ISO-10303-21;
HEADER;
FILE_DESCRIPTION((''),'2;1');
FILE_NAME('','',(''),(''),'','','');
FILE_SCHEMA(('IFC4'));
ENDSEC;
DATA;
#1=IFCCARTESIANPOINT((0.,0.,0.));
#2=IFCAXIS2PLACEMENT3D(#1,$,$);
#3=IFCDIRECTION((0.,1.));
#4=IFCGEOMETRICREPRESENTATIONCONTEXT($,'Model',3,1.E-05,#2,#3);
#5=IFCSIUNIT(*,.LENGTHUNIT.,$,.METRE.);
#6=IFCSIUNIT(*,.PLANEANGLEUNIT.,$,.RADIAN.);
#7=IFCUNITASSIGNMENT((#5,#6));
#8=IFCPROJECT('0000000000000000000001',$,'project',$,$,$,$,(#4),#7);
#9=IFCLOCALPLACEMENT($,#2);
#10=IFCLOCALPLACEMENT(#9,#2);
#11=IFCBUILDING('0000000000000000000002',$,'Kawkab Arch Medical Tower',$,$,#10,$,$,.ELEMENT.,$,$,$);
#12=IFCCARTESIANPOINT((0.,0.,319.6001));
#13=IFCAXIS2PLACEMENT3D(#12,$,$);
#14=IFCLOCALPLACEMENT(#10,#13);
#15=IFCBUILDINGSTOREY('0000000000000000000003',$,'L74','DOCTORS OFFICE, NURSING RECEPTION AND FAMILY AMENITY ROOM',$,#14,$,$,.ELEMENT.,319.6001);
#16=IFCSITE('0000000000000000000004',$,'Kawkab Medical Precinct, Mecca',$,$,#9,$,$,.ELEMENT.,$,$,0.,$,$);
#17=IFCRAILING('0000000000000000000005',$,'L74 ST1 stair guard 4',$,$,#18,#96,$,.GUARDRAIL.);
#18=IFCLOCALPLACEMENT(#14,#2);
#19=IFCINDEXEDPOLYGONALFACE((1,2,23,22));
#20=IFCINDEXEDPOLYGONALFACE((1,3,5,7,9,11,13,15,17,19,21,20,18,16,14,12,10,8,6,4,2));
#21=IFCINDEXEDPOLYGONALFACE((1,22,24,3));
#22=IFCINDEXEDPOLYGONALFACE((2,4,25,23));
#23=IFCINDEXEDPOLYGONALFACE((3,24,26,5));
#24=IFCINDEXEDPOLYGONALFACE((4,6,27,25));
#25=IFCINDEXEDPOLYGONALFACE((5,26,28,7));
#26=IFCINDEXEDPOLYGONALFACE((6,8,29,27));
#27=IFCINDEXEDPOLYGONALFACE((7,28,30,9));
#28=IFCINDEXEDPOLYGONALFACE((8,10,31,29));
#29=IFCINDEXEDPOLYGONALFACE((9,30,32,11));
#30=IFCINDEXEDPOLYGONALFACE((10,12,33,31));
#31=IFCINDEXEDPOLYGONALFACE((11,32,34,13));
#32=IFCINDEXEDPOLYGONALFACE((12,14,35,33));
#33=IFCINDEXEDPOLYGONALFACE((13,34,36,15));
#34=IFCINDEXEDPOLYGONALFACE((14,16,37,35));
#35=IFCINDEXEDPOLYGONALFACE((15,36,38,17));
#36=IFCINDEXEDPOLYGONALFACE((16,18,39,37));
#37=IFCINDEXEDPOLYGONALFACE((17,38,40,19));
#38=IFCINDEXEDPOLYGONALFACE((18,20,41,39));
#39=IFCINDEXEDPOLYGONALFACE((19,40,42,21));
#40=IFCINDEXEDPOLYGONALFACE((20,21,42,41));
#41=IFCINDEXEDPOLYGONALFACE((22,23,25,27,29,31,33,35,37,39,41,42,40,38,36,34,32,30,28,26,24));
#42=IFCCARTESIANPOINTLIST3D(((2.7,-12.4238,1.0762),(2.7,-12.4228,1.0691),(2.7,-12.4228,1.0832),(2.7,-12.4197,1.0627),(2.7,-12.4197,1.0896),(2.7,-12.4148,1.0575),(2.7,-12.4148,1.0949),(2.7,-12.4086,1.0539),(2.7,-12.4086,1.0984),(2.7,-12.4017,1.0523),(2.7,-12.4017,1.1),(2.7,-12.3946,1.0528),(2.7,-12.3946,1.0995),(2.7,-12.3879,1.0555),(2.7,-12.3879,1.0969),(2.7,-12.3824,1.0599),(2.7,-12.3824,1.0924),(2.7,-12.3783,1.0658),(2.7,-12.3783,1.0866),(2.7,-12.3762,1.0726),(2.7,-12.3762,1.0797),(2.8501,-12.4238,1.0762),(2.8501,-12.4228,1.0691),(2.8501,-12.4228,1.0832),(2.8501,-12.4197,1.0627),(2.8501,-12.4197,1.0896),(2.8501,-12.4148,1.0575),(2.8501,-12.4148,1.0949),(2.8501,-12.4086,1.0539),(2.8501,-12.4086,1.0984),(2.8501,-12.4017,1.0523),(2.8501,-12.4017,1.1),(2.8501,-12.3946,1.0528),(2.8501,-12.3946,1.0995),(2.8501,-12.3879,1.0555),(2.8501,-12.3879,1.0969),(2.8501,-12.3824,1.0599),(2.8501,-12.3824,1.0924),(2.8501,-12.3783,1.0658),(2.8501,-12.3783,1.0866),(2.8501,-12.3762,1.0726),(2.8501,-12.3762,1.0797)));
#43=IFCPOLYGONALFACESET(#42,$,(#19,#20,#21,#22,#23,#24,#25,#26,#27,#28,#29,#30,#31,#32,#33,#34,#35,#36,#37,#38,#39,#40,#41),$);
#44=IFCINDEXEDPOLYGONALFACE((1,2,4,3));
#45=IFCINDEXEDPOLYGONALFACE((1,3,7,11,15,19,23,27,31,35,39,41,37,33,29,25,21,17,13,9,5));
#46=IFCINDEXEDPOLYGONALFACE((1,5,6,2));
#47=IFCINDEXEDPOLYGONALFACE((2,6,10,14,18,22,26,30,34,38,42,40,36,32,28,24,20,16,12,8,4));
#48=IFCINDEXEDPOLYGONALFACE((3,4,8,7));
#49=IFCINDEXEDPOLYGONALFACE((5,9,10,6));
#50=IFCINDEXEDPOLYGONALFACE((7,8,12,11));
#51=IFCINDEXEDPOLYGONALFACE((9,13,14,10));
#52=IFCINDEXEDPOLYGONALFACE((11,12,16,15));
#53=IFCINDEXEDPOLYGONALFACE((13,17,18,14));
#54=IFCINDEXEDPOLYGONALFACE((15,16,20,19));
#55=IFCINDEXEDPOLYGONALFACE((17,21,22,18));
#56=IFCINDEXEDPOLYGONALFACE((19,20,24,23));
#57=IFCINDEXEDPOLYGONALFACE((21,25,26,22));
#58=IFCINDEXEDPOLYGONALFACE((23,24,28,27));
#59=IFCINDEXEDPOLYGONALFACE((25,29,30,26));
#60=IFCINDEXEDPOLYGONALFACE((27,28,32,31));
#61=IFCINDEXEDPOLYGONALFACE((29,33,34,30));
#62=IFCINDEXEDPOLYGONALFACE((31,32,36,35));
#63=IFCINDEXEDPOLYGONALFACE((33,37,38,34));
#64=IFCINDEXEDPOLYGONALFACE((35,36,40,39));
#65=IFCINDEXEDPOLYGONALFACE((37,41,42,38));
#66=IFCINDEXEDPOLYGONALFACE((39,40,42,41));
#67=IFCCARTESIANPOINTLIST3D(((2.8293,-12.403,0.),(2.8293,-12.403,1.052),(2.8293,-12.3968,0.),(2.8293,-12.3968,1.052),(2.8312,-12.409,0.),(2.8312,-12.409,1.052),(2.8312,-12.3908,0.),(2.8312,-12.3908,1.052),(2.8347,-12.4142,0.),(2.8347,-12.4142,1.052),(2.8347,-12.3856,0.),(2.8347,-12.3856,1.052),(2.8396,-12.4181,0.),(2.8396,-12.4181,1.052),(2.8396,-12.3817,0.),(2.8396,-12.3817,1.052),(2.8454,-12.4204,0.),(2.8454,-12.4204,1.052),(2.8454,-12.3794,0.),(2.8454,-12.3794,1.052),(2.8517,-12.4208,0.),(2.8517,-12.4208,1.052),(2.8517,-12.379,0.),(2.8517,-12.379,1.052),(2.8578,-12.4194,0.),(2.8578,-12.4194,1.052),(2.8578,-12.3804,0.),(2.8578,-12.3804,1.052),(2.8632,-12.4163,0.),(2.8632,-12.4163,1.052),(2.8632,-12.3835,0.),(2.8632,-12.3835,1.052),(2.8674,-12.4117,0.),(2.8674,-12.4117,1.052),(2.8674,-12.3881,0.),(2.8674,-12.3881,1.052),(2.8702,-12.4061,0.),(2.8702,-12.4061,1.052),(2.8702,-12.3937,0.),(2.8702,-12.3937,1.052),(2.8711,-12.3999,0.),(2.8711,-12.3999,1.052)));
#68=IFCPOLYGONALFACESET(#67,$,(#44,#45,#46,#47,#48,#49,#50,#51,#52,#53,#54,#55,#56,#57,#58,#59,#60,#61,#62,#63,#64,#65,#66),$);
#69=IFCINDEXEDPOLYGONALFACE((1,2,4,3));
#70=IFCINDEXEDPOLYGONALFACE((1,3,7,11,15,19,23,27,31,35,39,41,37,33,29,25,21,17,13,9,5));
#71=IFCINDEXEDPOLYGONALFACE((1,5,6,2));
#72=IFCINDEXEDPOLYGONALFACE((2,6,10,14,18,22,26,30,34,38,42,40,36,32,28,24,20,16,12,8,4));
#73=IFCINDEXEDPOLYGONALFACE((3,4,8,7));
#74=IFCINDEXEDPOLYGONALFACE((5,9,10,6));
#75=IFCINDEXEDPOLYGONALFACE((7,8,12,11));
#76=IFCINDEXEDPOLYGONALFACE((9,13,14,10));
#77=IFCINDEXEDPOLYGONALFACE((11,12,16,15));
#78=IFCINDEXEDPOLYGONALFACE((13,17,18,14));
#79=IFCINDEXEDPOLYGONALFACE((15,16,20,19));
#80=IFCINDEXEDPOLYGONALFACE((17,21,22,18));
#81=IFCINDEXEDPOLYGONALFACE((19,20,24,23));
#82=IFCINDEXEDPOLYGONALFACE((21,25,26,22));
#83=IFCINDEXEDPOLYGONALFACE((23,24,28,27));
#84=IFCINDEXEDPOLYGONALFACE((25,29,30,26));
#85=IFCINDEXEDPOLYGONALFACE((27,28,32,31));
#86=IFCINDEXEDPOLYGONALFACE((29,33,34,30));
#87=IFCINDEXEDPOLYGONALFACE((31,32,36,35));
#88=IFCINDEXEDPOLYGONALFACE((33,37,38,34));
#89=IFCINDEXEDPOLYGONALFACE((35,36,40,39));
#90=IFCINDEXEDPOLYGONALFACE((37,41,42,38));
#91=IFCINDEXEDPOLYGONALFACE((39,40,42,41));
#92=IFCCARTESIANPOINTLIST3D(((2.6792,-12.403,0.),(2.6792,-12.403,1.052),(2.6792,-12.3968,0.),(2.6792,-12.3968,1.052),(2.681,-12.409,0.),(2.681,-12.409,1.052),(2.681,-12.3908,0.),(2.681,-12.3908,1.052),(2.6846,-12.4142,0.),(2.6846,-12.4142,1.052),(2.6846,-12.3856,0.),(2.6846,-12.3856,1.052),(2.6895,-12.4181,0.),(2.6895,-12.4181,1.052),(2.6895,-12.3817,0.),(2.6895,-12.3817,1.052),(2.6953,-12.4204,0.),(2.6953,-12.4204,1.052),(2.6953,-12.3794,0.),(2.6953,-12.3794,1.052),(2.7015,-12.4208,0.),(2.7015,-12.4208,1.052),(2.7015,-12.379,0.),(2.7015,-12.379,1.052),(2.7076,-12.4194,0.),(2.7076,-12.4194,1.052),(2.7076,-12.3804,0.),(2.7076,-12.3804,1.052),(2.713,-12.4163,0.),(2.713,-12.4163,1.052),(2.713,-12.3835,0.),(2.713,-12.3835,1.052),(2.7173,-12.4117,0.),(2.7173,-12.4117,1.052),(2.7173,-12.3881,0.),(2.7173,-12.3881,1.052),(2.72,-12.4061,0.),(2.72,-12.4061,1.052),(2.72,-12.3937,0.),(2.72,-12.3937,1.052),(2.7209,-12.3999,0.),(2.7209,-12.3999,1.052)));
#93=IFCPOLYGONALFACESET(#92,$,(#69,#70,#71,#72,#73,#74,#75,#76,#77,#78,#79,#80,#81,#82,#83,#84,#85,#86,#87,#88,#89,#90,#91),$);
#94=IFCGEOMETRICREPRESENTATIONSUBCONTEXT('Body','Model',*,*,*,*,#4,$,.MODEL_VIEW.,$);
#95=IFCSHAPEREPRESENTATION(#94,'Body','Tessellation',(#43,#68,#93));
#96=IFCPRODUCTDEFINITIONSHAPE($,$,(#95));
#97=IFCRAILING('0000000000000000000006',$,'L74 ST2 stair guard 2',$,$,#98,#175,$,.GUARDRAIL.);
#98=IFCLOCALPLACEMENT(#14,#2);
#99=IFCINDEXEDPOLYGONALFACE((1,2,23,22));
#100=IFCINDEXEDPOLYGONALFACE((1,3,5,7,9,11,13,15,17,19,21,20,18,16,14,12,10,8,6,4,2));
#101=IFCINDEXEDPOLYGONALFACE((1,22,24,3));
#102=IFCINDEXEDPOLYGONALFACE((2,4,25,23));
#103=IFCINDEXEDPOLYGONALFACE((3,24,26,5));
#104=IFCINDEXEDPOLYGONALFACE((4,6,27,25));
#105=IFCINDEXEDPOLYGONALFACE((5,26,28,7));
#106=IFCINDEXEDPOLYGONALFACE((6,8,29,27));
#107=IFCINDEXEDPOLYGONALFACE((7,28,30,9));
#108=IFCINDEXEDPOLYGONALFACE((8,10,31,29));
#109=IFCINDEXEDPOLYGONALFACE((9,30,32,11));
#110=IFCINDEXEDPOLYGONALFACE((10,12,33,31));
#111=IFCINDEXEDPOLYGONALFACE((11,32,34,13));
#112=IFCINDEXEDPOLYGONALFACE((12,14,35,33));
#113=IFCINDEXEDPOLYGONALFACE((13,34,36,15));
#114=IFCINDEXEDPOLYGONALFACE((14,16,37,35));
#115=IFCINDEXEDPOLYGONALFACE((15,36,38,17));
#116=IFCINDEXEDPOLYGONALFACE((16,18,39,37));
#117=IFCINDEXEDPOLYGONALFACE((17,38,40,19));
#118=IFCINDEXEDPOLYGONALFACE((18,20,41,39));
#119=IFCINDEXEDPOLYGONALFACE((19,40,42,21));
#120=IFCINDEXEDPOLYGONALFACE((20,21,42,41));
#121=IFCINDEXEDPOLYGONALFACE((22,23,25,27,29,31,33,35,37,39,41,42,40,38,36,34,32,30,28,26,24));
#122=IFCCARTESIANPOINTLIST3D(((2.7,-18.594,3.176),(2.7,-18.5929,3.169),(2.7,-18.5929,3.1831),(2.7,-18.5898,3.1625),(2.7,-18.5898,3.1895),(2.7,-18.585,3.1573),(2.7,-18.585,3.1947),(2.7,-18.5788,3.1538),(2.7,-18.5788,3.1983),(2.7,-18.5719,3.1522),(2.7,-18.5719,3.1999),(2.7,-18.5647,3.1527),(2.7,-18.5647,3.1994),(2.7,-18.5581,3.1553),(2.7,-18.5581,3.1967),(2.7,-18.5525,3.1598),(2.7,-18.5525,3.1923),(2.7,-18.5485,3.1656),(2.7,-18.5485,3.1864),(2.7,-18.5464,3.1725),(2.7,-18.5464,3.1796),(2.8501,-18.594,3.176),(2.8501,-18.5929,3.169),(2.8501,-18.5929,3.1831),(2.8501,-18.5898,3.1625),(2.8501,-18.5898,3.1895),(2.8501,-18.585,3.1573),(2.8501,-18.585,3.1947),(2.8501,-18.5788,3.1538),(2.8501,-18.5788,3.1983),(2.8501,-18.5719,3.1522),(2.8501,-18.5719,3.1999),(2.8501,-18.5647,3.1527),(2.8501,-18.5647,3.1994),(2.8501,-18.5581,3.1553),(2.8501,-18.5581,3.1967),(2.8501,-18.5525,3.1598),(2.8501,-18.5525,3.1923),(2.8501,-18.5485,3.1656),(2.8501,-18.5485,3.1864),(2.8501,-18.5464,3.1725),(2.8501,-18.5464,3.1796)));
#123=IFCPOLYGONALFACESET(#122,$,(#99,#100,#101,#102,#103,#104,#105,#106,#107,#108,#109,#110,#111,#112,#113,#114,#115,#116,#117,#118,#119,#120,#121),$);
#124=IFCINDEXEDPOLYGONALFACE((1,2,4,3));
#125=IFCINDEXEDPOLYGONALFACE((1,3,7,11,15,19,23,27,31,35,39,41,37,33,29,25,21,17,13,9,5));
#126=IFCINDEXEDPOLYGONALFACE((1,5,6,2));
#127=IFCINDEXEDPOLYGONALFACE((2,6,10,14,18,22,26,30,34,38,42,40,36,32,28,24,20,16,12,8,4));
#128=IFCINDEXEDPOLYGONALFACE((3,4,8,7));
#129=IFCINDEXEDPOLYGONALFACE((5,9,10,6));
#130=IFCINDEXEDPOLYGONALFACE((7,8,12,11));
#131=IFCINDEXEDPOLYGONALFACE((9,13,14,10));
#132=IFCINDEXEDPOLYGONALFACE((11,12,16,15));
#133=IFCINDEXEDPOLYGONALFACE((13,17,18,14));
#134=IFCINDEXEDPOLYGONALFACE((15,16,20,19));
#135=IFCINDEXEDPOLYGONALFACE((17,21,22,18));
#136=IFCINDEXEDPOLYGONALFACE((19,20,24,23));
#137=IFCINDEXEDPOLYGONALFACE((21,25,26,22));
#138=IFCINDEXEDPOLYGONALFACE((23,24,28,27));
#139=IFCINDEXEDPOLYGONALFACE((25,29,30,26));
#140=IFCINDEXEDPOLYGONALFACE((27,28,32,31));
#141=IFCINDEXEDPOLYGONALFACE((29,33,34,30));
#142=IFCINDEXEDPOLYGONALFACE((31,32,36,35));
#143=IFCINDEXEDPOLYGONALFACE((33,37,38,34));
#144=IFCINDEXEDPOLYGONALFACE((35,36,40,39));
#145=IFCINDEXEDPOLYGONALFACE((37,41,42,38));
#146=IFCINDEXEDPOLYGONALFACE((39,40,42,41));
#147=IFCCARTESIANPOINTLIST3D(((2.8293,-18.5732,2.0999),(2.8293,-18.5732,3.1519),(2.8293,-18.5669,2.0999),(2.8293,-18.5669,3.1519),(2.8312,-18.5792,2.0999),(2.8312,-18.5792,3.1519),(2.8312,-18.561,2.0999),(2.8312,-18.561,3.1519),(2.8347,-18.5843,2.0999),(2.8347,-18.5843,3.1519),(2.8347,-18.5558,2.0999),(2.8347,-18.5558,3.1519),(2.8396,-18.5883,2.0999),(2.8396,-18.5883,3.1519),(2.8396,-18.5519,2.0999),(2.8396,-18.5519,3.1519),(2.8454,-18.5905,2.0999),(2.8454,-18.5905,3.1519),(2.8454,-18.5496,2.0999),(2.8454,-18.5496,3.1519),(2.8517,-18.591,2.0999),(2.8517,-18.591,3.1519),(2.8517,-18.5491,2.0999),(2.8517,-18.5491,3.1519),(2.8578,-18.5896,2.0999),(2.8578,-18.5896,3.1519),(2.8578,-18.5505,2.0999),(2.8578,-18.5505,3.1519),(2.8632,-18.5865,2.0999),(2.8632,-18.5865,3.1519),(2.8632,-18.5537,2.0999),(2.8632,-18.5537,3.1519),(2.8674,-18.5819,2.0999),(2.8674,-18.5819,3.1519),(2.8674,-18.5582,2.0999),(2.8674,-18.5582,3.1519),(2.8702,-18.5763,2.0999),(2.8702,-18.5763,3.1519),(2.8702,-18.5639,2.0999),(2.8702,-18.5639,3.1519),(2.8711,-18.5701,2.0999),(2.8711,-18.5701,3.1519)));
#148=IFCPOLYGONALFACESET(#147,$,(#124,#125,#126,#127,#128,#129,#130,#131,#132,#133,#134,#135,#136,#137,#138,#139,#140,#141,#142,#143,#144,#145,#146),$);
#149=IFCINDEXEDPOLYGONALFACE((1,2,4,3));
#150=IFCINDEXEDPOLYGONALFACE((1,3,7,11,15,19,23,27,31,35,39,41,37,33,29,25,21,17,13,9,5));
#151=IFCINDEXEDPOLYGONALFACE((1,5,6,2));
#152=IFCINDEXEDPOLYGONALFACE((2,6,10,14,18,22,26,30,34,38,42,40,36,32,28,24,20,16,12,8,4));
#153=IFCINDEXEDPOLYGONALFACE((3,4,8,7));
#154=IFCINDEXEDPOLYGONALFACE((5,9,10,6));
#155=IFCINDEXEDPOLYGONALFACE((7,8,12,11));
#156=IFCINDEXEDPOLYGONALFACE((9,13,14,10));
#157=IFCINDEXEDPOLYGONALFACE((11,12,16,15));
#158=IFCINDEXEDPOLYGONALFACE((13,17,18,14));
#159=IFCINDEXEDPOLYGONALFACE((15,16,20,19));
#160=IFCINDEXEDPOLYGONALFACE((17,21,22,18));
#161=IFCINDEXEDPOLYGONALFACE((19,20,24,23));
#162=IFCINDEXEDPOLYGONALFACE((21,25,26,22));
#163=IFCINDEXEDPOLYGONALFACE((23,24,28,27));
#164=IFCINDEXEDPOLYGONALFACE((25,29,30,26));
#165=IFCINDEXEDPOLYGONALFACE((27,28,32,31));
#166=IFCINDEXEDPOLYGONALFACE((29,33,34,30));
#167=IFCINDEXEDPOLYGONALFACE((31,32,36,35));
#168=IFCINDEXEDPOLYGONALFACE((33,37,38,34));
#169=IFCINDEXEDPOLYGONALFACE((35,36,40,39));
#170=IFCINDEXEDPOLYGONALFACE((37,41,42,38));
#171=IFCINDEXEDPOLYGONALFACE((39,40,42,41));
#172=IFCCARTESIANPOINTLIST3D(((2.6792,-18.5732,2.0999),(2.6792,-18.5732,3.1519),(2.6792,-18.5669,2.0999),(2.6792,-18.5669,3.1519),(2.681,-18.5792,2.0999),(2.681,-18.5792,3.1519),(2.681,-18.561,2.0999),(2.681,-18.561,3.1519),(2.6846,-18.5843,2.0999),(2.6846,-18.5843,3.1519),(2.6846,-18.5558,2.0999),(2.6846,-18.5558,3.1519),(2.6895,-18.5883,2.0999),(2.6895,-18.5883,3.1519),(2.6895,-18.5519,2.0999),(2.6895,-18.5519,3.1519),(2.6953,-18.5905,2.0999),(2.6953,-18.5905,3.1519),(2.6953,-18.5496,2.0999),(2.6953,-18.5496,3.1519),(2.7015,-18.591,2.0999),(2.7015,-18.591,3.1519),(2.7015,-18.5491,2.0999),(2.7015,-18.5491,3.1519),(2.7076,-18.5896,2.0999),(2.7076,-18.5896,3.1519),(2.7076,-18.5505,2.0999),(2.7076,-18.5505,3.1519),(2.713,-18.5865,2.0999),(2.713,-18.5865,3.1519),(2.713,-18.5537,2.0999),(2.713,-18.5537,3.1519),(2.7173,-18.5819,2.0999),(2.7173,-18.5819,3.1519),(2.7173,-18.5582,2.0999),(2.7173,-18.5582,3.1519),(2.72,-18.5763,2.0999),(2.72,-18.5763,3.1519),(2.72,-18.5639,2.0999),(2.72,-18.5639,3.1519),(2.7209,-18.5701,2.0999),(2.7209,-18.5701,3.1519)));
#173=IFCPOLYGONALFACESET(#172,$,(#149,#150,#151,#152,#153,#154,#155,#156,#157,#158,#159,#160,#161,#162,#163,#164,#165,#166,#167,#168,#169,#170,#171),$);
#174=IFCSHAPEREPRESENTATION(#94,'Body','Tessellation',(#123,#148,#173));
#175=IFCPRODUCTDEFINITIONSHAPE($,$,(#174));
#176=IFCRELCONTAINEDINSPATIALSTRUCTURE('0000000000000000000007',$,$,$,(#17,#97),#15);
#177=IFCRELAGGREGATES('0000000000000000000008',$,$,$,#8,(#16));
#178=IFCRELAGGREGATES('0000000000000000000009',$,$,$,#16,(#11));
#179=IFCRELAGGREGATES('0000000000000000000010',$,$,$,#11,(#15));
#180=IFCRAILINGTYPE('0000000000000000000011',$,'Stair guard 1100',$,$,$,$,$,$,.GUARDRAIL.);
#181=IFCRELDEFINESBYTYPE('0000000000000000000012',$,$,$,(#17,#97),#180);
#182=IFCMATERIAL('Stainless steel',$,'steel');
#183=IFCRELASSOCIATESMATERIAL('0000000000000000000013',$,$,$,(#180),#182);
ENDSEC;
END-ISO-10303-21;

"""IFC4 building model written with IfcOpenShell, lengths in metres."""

from ifc_helpers import new_model, si_unit, direction, frame, origin, origin_2d, place, context, subcontext, project, spatial, circle, extrude, material, type_object, element, save


model = new_model("IFC4")

# Units and contexts
model_context = context("Model", 3, precision=1e-05, world=origin(), true_north=direction((0.0, 1.0)))
body_context = subcontext(model_context, "Body", "Model", "MODEL_VIEW")
ifc_project = project(units=[si_unit("LENGTHUNIT", "METRE"), si_unit("PLANEANGLEUNIT", "RADIAN")], contexts=[model_context])

# Site, building, storey
site_placement = place(None, origin())
site = spatial("IfcSite", under=ifc_project, at=site_placement, Name="Kawkab Medical Precinct, Mecca", CompositionType="ELEMENT", RefElevation=0.0)
building_placement = place(site_placement, origin())
building = spatial("IfcBuilding", under=site, at=building_placement, Name="Kawkab Arch Medical Tower", CompositionType="ELEMENT")
storey_placement = place(building_placement, frame((0.0, 0.0, 319.6001)))
storey = spatial("IfcBuildingStorey", under=building, at=storey_placement, Name="L74", Description="DOCTORS OFFICE, NURSING RECEPTION AND FAMILY AMENITY ROOM", CompositionType="ELEMENT", Elevation=319.6001)

# Railings
ifc_material_1 = material(Name="Stainless steel", Category="steel")
railing_type = type_object("IfcRailingType", Name="Stair guard 1100", PredefinedType="GUARDRAIL", material=ifc_material_1)
for number, where, name in (
    (1, (2.8501, -12.3999, 0.0), "L74 ST1 stair guard 4"),
    (2, (2.8501, -18.5701, 2.0999), "L74 ST2 stair guard 2"),
):
    element("IfcRailing", number, at=place(storey_placement, frame(where)), inside=storey, type_object=railing_type, Name=name, PredefinedType="GUARDRAIL", context=body_context, shape_type="SweptSolid", body=[
        extrude(circle(Radius=0.0239, at=origin_2d()), frame((0.0, 0.0, 1.0762), z_axis=(-1.0, 0.0, 0.0), x_axis=(0.0, -1.0, 0.0)), (0.0, 0.0, 1.0), 0.1501),
        extrude(circle(Radius=0.021, at=origin_2d()), origin(), (0.0, 0.0, 1.0), 1.052),
        extrude(circle(Radius=0.021, at=origin_2d()), frame((-0.1501, 0.0, 0.0)), (0.0, 0.0, 1.0), 1.052),
    ])

save(model, "model.ifc")
